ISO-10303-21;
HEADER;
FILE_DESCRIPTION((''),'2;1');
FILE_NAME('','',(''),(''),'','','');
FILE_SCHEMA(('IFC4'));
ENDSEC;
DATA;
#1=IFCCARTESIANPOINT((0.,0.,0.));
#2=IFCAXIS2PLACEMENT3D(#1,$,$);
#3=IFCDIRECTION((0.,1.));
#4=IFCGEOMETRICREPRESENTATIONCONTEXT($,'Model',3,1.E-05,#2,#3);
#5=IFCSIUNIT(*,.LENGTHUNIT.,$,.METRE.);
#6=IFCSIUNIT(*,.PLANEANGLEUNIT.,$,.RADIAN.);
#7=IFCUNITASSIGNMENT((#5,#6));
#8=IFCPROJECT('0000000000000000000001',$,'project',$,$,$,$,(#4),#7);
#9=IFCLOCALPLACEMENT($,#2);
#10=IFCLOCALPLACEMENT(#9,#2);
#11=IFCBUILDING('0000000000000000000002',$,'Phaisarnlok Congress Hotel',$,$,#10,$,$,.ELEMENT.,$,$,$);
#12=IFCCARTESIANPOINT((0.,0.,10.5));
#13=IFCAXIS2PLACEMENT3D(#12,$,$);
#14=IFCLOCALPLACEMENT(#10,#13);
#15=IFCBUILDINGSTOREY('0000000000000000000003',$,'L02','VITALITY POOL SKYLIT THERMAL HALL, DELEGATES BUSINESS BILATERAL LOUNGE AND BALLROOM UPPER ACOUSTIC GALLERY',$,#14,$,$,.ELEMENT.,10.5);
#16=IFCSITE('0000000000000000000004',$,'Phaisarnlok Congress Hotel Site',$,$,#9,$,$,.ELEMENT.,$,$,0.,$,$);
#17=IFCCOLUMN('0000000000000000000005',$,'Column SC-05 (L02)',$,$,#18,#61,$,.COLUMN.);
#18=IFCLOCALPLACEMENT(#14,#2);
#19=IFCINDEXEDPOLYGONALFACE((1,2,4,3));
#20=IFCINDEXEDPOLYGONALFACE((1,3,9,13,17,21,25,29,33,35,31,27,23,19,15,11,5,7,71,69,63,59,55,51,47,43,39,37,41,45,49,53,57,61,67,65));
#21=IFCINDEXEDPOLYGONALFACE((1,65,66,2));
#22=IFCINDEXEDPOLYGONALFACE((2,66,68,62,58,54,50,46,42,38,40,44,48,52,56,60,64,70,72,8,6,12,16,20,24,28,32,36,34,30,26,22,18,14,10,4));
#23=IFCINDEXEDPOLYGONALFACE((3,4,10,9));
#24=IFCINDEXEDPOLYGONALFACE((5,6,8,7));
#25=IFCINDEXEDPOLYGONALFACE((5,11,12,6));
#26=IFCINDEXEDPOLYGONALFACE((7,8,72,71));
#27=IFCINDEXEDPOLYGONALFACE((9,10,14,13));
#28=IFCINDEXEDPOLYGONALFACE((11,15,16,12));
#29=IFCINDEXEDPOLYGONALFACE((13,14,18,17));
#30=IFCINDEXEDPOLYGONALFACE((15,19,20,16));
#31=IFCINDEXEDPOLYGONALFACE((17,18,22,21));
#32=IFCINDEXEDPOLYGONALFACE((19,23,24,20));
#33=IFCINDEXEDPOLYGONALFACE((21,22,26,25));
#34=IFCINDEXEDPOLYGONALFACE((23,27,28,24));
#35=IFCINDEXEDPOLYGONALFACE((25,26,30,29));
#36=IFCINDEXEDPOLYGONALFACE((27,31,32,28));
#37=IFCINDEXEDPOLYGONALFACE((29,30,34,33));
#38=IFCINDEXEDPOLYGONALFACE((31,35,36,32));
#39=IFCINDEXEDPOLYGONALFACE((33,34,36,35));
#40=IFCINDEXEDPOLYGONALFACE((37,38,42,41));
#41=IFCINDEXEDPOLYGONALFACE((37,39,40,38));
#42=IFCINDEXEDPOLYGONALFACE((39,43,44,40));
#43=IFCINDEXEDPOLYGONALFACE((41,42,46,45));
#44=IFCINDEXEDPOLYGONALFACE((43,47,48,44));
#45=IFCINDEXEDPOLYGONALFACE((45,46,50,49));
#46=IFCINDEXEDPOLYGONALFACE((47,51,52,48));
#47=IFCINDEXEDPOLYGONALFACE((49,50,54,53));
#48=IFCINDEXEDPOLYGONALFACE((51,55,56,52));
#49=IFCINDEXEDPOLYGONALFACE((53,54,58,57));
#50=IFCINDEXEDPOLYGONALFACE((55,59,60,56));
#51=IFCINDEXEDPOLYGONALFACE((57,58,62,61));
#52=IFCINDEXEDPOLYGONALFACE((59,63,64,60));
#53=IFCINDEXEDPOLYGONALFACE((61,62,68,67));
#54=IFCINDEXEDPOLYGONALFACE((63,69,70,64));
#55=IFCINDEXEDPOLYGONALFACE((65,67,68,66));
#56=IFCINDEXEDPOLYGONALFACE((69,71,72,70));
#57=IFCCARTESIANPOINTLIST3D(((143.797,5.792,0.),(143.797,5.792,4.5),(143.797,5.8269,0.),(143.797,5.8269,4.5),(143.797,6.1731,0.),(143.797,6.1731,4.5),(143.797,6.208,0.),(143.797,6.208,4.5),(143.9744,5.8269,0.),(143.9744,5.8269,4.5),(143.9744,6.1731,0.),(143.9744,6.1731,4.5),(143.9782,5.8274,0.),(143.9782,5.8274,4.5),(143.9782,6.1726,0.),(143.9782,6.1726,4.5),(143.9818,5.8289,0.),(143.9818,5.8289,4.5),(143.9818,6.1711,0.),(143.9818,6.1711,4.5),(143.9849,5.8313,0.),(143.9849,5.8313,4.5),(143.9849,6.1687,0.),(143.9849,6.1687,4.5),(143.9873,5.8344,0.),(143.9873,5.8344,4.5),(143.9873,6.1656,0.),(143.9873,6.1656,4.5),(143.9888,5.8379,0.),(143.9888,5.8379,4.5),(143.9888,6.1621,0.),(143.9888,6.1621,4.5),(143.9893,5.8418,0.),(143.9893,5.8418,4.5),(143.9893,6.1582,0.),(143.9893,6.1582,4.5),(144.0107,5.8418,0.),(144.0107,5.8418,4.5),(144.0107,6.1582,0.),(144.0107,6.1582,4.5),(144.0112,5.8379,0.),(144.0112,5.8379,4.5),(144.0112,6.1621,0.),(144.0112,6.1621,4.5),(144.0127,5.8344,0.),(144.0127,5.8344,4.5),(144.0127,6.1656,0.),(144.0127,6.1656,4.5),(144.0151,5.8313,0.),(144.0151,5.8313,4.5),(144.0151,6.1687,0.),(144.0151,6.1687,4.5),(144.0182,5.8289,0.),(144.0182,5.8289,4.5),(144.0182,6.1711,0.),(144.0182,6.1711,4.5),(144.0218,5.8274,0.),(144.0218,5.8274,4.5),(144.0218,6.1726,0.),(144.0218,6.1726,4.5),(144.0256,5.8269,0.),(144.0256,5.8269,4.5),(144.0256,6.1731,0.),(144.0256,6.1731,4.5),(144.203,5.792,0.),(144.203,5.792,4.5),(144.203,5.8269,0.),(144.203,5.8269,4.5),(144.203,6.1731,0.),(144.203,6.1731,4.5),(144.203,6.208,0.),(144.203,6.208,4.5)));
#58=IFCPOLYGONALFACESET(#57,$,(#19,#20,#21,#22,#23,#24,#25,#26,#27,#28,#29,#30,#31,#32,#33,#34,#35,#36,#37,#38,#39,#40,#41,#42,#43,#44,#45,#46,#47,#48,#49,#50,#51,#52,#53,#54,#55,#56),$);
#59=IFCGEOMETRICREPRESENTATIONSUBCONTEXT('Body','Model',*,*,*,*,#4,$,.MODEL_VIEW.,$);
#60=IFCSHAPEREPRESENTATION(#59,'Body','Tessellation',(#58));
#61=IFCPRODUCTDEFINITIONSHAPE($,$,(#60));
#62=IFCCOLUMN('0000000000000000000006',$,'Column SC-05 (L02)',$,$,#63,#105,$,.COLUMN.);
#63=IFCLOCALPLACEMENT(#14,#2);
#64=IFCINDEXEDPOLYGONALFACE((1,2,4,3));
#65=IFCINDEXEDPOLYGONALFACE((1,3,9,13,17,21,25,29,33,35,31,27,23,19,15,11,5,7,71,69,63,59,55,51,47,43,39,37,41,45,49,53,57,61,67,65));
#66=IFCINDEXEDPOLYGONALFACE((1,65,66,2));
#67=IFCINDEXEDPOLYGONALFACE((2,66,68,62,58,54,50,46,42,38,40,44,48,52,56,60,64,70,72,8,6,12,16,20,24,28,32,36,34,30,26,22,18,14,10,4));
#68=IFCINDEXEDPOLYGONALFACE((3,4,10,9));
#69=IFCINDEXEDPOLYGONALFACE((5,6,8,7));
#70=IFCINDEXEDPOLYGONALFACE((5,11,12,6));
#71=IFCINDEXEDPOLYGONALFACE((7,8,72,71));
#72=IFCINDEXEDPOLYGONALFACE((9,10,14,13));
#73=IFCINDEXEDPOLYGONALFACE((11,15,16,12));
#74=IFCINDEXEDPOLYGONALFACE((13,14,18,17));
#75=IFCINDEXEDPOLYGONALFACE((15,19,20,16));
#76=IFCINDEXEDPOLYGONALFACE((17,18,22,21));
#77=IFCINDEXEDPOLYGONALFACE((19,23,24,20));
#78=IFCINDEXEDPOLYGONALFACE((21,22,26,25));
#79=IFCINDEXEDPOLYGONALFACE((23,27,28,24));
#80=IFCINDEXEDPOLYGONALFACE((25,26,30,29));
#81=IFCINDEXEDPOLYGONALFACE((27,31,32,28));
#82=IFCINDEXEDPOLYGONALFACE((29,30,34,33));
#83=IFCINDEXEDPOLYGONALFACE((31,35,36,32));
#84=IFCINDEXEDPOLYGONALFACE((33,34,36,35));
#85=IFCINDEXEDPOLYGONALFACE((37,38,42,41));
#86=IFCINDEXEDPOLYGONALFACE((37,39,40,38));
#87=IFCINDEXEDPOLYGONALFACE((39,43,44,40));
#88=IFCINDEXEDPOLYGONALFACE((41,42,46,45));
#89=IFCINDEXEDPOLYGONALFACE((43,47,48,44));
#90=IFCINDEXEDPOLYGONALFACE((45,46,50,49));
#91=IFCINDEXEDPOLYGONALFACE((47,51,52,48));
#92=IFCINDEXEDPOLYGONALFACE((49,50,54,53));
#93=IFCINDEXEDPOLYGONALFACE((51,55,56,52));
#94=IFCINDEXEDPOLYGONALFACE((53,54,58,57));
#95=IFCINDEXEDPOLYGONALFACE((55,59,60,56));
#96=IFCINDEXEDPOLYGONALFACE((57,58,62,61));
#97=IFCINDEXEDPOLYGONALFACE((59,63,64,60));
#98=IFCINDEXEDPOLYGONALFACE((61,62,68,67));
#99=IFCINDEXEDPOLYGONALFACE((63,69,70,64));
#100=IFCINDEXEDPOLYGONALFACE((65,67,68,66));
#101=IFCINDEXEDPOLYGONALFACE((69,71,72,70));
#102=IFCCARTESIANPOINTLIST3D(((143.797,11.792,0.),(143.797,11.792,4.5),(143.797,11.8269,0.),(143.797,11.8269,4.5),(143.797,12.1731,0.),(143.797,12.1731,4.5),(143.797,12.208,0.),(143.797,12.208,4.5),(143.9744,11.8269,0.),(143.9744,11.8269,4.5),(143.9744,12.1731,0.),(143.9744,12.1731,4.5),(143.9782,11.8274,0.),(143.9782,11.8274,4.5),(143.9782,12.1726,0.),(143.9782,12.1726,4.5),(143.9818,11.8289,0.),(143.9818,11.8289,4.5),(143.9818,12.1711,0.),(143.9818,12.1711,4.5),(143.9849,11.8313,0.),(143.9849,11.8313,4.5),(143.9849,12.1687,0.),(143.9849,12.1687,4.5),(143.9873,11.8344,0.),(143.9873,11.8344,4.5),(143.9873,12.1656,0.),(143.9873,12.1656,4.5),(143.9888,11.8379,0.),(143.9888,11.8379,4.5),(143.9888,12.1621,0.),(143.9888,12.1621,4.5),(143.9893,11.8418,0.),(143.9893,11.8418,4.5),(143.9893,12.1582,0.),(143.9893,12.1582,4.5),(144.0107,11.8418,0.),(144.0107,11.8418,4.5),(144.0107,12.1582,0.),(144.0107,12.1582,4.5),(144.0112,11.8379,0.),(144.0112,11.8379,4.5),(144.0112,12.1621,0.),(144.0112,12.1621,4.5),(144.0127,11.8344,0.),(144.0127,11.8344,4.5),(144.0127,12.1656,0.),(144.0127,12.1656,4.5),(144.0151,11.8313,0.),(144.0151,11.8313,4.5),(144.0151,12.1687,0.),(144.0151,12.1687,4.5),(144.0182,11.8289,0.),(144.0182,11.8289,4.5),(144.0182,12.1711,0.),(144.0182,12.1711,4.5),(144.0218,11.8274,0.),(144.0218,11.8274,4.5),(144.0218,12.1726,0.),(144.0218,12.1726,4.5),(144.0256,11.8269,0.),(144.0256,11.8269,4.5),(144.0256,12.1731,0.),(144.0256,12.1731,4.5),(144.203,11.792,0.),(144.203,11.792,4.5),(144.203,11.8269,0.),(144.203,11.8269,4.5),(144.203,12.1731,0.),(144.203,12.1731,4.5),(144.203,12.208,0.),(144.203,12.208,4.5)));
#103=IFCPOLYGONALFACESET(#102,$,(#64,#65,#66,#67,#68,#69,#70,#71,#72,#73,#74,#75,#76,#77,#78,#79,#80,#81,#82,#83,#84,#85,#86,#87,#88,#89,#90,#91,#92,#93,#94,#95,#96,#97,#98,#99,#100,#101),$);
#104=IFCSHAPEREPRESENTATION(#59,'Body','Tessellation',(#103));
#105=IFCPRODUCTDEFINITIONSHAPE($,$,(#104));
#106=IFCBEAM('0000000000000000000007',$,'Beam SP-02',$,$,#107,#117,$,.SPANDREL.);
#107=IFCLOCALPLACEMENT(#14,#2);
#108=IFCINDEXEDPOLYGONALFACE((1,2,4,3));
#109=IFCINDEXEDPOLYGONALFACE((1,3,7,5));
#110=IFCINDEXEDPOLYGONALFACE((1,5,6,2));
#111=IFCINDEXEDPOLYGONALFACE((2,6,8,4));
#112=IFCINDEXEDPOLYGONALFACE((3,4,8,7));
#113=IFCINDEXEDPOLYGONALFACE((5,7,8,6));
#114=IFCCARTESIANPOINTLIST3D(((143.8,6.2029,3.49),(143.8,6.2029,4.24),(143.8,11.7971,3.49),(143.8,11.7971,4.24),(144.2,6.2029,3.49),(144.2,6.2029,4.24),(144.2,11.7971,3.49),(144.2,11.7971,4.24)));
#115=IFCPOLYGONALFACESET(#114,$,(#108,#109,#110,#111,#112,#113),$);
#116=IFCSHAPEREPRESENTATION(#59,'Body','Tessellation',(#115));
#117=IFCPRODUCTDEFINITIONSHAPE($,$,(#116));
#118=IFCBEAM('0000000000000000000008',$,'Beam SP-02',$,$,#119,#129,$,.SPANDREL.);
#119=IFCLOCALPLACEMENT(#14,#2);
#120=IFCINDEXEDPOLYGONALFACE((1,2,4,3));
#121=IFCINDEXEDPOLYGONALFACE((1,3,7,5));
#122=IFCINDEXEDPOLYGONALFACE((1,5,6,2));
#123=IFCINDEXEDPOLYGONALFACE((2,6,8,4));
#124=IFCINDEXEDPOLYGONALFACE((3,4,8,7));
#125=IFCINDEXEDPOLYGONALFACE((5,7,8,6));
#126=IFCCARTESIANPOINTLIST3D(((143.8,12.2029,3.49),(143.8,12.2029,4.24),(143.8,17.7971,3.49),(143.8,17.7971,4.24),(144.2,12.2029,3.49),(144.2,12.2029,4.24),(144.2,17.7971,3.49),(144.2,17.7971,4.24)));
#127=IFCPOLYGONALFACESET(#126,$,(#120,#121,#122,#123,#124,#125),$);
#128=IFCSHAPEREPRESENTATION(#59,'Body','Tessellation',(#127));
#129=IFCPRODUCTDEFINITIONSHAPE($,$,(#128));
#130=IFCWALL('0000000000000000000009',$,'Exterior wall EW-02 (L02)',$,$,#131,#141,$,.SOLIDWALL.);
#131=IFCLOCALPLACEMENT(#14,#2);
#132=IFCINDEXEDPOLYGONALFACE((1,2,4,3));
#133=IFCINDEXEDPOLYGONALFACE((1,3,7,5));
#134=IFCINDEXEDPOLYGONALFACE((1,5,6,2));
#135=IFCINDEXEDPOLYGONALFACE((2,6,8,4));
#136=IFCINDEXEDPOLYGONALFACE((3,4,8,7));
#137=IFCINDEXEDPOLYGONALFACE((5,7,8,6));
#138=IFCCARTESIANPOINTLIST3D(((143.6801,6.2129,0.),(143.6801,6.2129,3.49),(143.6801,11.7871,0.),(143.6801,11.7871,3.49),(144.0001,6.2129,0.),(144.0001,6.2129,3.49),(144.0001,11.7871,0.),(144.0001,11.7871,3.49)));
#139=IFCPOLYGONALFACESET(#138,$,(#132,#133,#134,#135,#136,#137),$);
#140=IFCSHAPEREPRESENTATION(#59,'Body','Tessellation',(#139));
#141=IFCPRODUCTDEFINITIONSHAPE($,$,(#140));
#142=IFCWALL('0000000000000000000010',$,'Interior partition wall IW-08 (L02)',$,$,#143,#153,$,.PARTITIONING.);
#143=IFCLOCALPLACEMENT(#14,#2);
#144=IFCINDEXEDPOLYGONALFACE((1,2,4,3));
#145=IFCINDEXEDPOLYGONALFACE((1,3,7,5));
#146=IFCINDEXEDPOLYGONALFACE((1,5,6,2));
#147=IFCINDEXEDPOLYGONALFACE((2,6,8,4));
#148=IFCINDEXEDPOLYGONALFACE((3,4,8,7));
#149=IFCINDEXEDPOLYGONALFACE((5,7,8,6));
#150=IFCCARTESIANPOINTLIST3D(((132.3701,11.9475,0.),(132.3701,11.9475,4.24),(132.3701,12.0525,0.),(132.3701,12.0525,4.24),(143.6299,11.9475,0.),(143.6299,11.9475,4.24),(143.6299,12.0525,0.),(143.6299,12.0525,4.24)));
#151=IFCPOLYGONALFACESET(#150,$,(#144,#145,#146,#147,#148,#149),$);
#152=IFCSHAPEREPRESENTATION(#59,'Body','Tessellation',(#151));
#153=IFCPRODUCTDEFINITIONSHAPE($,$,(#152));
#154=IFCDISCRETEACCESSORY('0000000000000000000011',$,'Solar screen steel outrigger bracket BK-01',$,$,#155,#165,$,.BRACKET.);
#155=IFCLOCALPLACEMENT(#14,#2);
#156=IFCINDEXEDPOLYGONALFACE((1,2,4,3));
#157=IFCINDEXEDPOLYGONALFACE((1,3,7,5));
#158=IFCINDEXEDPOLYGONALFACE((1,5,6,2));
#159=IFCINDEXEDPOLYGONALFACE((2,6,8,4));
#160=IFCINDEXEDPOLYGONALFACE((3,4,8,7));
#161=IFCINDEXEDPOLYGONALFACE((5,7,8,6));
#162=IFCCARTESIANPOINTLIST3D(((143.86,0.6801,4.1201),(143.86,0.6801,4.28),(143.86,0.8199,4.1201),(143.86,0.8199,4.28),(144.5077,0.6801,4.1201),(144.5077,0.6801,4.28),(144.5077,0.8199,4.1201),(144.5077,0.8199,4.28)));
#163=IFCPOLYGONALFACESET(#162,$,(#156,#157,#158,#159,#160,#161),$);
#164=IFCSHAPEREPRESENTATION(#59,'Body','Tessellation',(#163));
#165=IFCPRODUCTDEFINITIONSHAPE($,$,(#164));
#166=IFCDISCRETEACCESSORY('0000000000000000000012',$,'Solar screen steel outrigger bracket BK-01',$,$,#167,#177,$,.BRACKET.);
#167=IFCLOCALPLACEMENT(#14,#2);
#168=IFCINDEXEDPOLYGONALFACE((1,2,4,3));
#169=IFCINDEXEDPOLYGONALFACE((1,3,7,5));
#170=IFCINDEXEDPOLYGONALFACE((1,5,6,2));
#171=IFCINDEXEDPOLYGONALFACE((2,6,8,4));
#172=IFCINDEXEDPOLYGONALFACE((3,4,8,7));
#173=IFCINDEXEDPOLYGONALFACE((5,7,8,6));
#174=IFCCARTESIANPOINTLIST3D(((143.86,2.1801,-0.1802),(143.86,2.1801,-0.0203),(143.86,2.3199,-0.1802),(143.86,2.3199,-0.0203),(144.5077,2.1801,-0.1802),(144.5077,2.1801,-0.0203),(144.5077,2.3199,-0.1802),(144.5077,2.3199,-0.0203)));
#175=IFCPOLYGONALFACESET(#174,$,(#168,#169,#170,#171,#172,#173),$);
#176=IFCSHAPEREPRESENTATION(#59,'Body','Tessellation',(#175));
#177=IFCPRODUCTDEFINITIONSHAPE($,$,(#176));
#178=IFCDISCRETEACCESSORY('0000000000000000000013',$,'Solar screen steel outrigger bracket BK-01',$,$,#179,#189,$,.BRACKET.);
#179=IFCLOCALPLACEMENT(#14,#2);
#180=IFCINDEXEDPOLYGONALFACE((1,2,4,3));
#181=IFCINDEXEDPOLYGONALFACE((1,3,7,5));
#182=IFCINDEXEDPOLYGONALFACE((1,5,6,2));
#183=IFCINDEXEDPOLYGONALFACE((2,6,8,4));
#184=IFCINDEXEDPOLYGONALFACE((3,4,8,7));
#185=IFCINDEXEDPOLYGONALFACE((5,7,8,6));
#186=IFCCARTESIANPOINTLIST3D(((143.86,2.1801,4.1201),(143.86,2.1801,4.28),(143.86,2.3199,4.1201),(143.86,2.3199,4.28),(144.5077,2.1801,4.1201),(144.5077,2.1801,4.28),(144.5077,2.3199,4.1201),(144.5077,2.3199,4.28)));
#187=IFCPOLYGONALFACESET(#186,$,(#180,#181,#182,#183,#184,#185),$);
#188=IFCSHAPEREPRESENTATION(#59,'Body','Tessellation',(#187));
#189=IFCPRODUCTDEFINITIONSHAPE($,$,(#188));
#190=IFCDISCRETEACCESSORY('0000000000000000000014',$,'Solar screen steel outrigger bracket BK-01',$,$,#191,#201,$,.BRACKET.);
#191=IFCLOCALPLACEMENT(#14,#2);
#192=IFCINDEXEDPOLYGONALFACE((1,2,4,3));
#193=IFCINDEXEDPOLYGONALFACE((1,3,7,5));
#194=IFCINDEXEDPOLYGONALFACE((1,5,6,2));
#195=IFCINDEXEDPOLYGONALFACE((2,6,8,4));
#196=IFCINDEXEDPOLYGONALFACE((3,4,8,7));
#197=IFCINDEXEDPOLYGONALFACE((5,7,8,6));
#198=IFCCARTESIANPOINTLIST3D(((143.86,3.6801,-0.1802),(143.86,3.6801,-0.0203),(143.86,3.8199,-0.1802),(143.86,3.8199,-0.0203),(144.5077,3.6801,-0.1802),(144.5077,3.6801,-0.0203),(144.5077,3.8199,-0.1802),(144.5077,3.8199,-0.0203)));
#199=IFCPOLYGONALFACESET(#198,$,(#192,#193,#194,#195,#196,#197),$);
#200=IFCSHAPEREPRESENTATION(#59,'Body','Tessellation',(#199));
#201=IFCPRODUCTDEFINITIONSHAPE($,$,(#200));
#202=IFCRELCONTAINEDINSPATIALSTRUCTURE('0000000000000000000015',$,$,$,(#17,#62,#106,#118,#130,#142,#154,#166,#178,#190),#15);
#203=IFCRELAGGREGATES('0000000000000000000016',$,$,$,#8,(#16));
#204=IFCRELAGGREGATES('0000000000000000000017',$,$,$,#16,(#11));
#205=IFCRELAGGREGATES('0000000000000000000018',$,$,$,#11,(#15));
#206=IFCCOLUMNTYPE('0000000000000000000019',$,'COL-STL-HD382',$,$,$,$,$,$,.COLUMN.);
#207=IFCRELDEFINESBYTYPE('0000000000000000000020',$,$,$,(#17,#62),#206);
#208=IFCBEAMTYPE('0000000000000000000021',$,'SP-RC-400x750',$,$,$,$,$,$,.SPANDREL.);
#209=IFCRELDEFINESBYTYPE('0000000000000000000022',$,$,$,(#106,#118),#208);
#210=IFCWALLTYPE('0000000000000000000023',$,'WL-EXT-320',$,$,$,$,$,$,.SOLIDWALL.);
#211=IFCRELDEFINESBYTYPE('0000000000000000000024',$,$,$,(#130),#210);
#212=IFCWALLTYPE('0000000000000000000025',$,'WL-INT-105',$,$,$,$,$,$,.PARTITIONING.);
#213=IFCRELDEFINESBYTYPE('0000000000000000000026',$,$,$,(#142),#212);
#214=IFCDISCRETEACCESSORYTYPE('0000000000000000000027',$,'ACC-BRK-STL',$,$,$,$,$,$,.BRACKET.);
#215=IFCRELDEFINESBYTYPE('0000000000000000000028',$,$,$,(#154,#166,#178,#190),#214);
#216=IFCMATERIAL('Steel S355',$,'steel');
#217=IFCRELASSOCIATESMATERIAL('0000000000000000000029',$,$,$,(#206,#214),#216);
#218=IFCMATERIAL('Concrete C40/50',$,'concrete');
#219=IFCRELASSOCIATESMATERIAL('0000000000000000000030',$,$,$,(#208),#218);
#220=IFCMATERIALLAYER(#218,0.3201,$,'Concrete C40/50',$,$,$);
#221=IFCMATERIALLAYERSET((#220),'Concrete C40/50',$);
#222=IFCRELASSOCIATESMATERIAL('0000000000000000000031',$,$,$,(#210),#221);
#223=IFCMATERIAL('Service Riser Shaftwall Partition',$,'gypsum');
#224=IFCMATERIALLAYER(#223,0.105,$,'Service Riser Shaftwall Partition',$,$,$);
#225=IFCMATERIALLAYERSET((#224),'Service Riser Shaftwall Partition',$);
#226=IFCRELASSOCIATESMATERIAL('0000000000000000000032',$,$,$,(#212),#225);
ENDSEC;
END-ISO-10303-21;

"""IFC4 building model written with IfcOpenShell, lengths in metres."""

from ifc_helpers import new_model, si_unit, direction, frame, frame_2d, origin, origin_2d, place, context, subcontext, project, spatial, rectangle, i_section, extrude, material, layer, layer_set, material_profile, profile_set, type_object, element, save


model = new_model("IFC4")

# Units and contexts
model_context = context("Model", 3, precision=1e-05, world=origin(), true_north=direction((0.0, 1.0)))
body_context = subcontext(model_context, "Body", "Model", "MODEL_VIEW")
ifc_project = project(units=[si_unit("LENGTHUNIT", "METRE"), si_unit("PLANEANGLEUNIT", "RADIAN")], contexts=[model_context])

# Site, building, storey
site_placement = place(None, origin())
site = spatial("IfcSite", under=ifc_project, at=site_placement, Name="Phaisarnlok Congress Hotel Site", CompositionType="ELEMENT", RefElevation=0.0)
building_placement = place(site_placement, origin())
building = spatial("IfcBuilding", under=site, at=building_placement, Name="Phaisarnlok Congress Hotel", CompositionType="ELEMENT")
storey_placement = place(building_placement, frame((0.0, 0.0, 10.5)))
storey = spatial("IfcBuildingStorey", under=building, at=storey_placement, Name="L02", Description="VITALITY POOL SKYLIT THERMAL HALL, DELEGATES BUSINESS BILATERAL LOUNGE AND BALLROOM UPPER ACOUSTIC GALLERY", CompositionType="ELEMENT", Elevation=10.5)

# Columns
ifc_material_1 = material(Name="Steel S355", Category="steel")
ifc_material_profile_1 = material_profile(ifc_material_1, i_section(OverallWidth=0.406, OverallDepth=0.416, WebThickness=0.0215, FlangeThickness=0.0349, FilletRadius=0.0149, at=origin_2d()), Name="HD 400x382")
ifc_profile_set_1 = profile_set([ifc_material_profile_1], Name="Steel S355")
column_type = type_object("IfcColumnType", Name="COL-STL-HD382", PredefinedType="COLUMN", material=ifc_profile_set_1)
for number, where, z_axis, x_axis, name in (
    (1, (144.0, 6.0, 0.0), (0.0, 0.0, 1.0), (1.0, 0.0, 0.0), "Column SC-05 (L02)"),
    (2, (144.0, 12.0, 0.0), (0.0, 0.0, 1.0), (1.0, 0.0, 0.0), "Column SC-05 (L02)"),
):
    element("IfcColumn", number, at=place(storey_placement, frame(where, z_axis=z_axis, x_axis=x_axis)), inside=storey, type_object=column_type, Name=name, PredefinedType="COLUMN", context=body_context, shape_type="SweptSolid", body=[
        extrude(i_section(OverallWidth=0.406, OverallDepth=0.416, WebThickness=0.0215, FlangeThickness=0.0349, FilletRadius=0.0149, at=origin_2d()), origin(), (0.0, 0.0, 1.0), 4.5),
    ])

# Beams
ifc_material_2 = material(Name="Concrete C40/50", Category="concrete")
ifc_material_profile_2 = material_profile(ifc_material_2, rectangle(XDim=0.3999, YDim=0.75, at=origin_2d()), Name="RC 400x750")
ifc_profile_set_2 = profile_set([ifc_material_profile_2], Name="Concrete C40/50")
beam_type = type_object("IfcBeamType", Name="SP-RC-400x750", PredefinedType="SPANDREL", material=ifc_profile_set_2)
for number, where, z_axis, x_axis, name in (
    (3, (144.0, 6.2029, 3.865), (0.0, 1.0, 0.0), (-1.0, 0.0, 0.0), "Beam SP-02"),
    (4, (144.0, 12.2029, 3.865), (0.0, 1.0, 0.0), (-1.0, 0.0, 0.0), "Beam SP-02"),
):
    element("IfcBeam", number, at=place(storey_placement, frame(where, z_axis=z_axis, x_axis=x_axis)), inside=storey, type_object=beam_type, Name=name, PredefinedType="SPANDREL", context=body_context, shape_type="SweptSolid", body=[
        extrude(rectangle(XDim=0.3999, YDim=0.75, at=origin_2d()), origin(), (0.0, 0.0, 1.0), 5.5942),
    ])

# Walls
ifc_layer_1 = layer(ifc_material_2, 0.3201, Name="Concrete C40/50")
ifc_layer_set_1 = layer_set([ifc_layer_1], Name="Concrete C40/50")
wall_type_1 = type_object("IfcWallType", Name="WL-EXT-320", PredefinedType="SOLIDWALL", material=ifc_layer_set_1)
wall_1_placement = place(storey_placement, frame((143.8401, 6.2129, 0.0), z_axis=(0.0, 0.0, 1.0), x_axis=(0.0, 1.0, 0.0)))
element("IfcWall", 5, at=wall_1_placement, inside=storey, type_object=wall_type_1, Name="Exterior wall EW-02 (L02)", PredefinedType="SOLIDWALL", context=body_context, shape_type="SweptSolid", body=[
    extrude(rectangle(XDim=5.5742, YDim=0.3201, at=frame_2d((2.7871, 0.0))), origin(), (0.0, 0.0, 1.0), 3.49),
])
ifc_material_3 = material(Name="Service Riser Shaftwall Partition", Category="gypsum")
ifc_layer_2 = layer(ifc_material_3, 0.105, Name="Service Riser Shaftwall Partition")
ifc_layer_set_2 = layer_set([ifc_layer_2], Name="Service Riser Shaftwall Partition")
wall_type_2 = type_object("IfcWallType", Name="WL-INT-105", PredefinedType="PARTITIONING", material=ifc_layer_set_2)
wall_2_placement = place(storey_placement, frame((132.3701, 12.0, 0.0), z_axis=(0.0, 0.0, 1.0), x_axis=(1.0, 0.0, 0.0)))
element("IfcWall", 6, at=wall_2_placement, inside=storey, type_object=wall_type_2, Name="Interior partition wall IW-08 (L02)", PredefinedType="PARTITIONING", context=body_context, shape_type="SweptSolid", body=[
    extrude(rectangle(XDim=11.2598, YDim=0.105, at=frame_2d((5.6299, 0.0))), origin(), (0.0, 0.0, 1.0), 4.24),
])

# Discrete accessories
discrete_accessory_type = type_object("IfcDiscreteAccessoryType", Name="ACC-BRK-STL", PredefinedType="BRACKET", material=ifc_material_1)
for number, where, z_axis, x_axis, name in (
    (7, (144.1838, 0.75, 4.1201), (0.0, 0.0, 1.0), (1.0, 0.0, 0.0), "Solar screen steel outrigger bracket BK-01"),
    (8, (144.1838, 2.25, -0.1802), (0.0, 0.0, 1.0), (1.0, 0.0, 0.0), "Solar screen steel outrigger bracket BK-01"),
    (9, (144.1838, 2.25, 4.1201), (0.0, 0.0, 1.0), (1.0, 0.0, 0.0), "Solar screen steel outrigger bracket BK-01"),
    (10, (144.1838, 3.75, -0.1802), (0.0, 0.0, 1.0), (1.0, 0.0, 0.0), "Solar screen steel outrigger bracket BK-01"),
):
    element("IfcDiscreteAccessory", number, at=place(storey_placement, frame(where, z_axis=z_axis, x_axis=x_axis)), inside=storey, type_object=discrete_accessory_type, Name=name, PredefinedType="BRACKET", context=body_context, shape_type="SweptSolid", body=[
        extrude(rectangle(XDim=0.6477, YDim=0.1399, at=origin_2d()), origin(), (0.0, 0.0, 1.0), 0.1599),
    ])

save(model, "model.ifc")
